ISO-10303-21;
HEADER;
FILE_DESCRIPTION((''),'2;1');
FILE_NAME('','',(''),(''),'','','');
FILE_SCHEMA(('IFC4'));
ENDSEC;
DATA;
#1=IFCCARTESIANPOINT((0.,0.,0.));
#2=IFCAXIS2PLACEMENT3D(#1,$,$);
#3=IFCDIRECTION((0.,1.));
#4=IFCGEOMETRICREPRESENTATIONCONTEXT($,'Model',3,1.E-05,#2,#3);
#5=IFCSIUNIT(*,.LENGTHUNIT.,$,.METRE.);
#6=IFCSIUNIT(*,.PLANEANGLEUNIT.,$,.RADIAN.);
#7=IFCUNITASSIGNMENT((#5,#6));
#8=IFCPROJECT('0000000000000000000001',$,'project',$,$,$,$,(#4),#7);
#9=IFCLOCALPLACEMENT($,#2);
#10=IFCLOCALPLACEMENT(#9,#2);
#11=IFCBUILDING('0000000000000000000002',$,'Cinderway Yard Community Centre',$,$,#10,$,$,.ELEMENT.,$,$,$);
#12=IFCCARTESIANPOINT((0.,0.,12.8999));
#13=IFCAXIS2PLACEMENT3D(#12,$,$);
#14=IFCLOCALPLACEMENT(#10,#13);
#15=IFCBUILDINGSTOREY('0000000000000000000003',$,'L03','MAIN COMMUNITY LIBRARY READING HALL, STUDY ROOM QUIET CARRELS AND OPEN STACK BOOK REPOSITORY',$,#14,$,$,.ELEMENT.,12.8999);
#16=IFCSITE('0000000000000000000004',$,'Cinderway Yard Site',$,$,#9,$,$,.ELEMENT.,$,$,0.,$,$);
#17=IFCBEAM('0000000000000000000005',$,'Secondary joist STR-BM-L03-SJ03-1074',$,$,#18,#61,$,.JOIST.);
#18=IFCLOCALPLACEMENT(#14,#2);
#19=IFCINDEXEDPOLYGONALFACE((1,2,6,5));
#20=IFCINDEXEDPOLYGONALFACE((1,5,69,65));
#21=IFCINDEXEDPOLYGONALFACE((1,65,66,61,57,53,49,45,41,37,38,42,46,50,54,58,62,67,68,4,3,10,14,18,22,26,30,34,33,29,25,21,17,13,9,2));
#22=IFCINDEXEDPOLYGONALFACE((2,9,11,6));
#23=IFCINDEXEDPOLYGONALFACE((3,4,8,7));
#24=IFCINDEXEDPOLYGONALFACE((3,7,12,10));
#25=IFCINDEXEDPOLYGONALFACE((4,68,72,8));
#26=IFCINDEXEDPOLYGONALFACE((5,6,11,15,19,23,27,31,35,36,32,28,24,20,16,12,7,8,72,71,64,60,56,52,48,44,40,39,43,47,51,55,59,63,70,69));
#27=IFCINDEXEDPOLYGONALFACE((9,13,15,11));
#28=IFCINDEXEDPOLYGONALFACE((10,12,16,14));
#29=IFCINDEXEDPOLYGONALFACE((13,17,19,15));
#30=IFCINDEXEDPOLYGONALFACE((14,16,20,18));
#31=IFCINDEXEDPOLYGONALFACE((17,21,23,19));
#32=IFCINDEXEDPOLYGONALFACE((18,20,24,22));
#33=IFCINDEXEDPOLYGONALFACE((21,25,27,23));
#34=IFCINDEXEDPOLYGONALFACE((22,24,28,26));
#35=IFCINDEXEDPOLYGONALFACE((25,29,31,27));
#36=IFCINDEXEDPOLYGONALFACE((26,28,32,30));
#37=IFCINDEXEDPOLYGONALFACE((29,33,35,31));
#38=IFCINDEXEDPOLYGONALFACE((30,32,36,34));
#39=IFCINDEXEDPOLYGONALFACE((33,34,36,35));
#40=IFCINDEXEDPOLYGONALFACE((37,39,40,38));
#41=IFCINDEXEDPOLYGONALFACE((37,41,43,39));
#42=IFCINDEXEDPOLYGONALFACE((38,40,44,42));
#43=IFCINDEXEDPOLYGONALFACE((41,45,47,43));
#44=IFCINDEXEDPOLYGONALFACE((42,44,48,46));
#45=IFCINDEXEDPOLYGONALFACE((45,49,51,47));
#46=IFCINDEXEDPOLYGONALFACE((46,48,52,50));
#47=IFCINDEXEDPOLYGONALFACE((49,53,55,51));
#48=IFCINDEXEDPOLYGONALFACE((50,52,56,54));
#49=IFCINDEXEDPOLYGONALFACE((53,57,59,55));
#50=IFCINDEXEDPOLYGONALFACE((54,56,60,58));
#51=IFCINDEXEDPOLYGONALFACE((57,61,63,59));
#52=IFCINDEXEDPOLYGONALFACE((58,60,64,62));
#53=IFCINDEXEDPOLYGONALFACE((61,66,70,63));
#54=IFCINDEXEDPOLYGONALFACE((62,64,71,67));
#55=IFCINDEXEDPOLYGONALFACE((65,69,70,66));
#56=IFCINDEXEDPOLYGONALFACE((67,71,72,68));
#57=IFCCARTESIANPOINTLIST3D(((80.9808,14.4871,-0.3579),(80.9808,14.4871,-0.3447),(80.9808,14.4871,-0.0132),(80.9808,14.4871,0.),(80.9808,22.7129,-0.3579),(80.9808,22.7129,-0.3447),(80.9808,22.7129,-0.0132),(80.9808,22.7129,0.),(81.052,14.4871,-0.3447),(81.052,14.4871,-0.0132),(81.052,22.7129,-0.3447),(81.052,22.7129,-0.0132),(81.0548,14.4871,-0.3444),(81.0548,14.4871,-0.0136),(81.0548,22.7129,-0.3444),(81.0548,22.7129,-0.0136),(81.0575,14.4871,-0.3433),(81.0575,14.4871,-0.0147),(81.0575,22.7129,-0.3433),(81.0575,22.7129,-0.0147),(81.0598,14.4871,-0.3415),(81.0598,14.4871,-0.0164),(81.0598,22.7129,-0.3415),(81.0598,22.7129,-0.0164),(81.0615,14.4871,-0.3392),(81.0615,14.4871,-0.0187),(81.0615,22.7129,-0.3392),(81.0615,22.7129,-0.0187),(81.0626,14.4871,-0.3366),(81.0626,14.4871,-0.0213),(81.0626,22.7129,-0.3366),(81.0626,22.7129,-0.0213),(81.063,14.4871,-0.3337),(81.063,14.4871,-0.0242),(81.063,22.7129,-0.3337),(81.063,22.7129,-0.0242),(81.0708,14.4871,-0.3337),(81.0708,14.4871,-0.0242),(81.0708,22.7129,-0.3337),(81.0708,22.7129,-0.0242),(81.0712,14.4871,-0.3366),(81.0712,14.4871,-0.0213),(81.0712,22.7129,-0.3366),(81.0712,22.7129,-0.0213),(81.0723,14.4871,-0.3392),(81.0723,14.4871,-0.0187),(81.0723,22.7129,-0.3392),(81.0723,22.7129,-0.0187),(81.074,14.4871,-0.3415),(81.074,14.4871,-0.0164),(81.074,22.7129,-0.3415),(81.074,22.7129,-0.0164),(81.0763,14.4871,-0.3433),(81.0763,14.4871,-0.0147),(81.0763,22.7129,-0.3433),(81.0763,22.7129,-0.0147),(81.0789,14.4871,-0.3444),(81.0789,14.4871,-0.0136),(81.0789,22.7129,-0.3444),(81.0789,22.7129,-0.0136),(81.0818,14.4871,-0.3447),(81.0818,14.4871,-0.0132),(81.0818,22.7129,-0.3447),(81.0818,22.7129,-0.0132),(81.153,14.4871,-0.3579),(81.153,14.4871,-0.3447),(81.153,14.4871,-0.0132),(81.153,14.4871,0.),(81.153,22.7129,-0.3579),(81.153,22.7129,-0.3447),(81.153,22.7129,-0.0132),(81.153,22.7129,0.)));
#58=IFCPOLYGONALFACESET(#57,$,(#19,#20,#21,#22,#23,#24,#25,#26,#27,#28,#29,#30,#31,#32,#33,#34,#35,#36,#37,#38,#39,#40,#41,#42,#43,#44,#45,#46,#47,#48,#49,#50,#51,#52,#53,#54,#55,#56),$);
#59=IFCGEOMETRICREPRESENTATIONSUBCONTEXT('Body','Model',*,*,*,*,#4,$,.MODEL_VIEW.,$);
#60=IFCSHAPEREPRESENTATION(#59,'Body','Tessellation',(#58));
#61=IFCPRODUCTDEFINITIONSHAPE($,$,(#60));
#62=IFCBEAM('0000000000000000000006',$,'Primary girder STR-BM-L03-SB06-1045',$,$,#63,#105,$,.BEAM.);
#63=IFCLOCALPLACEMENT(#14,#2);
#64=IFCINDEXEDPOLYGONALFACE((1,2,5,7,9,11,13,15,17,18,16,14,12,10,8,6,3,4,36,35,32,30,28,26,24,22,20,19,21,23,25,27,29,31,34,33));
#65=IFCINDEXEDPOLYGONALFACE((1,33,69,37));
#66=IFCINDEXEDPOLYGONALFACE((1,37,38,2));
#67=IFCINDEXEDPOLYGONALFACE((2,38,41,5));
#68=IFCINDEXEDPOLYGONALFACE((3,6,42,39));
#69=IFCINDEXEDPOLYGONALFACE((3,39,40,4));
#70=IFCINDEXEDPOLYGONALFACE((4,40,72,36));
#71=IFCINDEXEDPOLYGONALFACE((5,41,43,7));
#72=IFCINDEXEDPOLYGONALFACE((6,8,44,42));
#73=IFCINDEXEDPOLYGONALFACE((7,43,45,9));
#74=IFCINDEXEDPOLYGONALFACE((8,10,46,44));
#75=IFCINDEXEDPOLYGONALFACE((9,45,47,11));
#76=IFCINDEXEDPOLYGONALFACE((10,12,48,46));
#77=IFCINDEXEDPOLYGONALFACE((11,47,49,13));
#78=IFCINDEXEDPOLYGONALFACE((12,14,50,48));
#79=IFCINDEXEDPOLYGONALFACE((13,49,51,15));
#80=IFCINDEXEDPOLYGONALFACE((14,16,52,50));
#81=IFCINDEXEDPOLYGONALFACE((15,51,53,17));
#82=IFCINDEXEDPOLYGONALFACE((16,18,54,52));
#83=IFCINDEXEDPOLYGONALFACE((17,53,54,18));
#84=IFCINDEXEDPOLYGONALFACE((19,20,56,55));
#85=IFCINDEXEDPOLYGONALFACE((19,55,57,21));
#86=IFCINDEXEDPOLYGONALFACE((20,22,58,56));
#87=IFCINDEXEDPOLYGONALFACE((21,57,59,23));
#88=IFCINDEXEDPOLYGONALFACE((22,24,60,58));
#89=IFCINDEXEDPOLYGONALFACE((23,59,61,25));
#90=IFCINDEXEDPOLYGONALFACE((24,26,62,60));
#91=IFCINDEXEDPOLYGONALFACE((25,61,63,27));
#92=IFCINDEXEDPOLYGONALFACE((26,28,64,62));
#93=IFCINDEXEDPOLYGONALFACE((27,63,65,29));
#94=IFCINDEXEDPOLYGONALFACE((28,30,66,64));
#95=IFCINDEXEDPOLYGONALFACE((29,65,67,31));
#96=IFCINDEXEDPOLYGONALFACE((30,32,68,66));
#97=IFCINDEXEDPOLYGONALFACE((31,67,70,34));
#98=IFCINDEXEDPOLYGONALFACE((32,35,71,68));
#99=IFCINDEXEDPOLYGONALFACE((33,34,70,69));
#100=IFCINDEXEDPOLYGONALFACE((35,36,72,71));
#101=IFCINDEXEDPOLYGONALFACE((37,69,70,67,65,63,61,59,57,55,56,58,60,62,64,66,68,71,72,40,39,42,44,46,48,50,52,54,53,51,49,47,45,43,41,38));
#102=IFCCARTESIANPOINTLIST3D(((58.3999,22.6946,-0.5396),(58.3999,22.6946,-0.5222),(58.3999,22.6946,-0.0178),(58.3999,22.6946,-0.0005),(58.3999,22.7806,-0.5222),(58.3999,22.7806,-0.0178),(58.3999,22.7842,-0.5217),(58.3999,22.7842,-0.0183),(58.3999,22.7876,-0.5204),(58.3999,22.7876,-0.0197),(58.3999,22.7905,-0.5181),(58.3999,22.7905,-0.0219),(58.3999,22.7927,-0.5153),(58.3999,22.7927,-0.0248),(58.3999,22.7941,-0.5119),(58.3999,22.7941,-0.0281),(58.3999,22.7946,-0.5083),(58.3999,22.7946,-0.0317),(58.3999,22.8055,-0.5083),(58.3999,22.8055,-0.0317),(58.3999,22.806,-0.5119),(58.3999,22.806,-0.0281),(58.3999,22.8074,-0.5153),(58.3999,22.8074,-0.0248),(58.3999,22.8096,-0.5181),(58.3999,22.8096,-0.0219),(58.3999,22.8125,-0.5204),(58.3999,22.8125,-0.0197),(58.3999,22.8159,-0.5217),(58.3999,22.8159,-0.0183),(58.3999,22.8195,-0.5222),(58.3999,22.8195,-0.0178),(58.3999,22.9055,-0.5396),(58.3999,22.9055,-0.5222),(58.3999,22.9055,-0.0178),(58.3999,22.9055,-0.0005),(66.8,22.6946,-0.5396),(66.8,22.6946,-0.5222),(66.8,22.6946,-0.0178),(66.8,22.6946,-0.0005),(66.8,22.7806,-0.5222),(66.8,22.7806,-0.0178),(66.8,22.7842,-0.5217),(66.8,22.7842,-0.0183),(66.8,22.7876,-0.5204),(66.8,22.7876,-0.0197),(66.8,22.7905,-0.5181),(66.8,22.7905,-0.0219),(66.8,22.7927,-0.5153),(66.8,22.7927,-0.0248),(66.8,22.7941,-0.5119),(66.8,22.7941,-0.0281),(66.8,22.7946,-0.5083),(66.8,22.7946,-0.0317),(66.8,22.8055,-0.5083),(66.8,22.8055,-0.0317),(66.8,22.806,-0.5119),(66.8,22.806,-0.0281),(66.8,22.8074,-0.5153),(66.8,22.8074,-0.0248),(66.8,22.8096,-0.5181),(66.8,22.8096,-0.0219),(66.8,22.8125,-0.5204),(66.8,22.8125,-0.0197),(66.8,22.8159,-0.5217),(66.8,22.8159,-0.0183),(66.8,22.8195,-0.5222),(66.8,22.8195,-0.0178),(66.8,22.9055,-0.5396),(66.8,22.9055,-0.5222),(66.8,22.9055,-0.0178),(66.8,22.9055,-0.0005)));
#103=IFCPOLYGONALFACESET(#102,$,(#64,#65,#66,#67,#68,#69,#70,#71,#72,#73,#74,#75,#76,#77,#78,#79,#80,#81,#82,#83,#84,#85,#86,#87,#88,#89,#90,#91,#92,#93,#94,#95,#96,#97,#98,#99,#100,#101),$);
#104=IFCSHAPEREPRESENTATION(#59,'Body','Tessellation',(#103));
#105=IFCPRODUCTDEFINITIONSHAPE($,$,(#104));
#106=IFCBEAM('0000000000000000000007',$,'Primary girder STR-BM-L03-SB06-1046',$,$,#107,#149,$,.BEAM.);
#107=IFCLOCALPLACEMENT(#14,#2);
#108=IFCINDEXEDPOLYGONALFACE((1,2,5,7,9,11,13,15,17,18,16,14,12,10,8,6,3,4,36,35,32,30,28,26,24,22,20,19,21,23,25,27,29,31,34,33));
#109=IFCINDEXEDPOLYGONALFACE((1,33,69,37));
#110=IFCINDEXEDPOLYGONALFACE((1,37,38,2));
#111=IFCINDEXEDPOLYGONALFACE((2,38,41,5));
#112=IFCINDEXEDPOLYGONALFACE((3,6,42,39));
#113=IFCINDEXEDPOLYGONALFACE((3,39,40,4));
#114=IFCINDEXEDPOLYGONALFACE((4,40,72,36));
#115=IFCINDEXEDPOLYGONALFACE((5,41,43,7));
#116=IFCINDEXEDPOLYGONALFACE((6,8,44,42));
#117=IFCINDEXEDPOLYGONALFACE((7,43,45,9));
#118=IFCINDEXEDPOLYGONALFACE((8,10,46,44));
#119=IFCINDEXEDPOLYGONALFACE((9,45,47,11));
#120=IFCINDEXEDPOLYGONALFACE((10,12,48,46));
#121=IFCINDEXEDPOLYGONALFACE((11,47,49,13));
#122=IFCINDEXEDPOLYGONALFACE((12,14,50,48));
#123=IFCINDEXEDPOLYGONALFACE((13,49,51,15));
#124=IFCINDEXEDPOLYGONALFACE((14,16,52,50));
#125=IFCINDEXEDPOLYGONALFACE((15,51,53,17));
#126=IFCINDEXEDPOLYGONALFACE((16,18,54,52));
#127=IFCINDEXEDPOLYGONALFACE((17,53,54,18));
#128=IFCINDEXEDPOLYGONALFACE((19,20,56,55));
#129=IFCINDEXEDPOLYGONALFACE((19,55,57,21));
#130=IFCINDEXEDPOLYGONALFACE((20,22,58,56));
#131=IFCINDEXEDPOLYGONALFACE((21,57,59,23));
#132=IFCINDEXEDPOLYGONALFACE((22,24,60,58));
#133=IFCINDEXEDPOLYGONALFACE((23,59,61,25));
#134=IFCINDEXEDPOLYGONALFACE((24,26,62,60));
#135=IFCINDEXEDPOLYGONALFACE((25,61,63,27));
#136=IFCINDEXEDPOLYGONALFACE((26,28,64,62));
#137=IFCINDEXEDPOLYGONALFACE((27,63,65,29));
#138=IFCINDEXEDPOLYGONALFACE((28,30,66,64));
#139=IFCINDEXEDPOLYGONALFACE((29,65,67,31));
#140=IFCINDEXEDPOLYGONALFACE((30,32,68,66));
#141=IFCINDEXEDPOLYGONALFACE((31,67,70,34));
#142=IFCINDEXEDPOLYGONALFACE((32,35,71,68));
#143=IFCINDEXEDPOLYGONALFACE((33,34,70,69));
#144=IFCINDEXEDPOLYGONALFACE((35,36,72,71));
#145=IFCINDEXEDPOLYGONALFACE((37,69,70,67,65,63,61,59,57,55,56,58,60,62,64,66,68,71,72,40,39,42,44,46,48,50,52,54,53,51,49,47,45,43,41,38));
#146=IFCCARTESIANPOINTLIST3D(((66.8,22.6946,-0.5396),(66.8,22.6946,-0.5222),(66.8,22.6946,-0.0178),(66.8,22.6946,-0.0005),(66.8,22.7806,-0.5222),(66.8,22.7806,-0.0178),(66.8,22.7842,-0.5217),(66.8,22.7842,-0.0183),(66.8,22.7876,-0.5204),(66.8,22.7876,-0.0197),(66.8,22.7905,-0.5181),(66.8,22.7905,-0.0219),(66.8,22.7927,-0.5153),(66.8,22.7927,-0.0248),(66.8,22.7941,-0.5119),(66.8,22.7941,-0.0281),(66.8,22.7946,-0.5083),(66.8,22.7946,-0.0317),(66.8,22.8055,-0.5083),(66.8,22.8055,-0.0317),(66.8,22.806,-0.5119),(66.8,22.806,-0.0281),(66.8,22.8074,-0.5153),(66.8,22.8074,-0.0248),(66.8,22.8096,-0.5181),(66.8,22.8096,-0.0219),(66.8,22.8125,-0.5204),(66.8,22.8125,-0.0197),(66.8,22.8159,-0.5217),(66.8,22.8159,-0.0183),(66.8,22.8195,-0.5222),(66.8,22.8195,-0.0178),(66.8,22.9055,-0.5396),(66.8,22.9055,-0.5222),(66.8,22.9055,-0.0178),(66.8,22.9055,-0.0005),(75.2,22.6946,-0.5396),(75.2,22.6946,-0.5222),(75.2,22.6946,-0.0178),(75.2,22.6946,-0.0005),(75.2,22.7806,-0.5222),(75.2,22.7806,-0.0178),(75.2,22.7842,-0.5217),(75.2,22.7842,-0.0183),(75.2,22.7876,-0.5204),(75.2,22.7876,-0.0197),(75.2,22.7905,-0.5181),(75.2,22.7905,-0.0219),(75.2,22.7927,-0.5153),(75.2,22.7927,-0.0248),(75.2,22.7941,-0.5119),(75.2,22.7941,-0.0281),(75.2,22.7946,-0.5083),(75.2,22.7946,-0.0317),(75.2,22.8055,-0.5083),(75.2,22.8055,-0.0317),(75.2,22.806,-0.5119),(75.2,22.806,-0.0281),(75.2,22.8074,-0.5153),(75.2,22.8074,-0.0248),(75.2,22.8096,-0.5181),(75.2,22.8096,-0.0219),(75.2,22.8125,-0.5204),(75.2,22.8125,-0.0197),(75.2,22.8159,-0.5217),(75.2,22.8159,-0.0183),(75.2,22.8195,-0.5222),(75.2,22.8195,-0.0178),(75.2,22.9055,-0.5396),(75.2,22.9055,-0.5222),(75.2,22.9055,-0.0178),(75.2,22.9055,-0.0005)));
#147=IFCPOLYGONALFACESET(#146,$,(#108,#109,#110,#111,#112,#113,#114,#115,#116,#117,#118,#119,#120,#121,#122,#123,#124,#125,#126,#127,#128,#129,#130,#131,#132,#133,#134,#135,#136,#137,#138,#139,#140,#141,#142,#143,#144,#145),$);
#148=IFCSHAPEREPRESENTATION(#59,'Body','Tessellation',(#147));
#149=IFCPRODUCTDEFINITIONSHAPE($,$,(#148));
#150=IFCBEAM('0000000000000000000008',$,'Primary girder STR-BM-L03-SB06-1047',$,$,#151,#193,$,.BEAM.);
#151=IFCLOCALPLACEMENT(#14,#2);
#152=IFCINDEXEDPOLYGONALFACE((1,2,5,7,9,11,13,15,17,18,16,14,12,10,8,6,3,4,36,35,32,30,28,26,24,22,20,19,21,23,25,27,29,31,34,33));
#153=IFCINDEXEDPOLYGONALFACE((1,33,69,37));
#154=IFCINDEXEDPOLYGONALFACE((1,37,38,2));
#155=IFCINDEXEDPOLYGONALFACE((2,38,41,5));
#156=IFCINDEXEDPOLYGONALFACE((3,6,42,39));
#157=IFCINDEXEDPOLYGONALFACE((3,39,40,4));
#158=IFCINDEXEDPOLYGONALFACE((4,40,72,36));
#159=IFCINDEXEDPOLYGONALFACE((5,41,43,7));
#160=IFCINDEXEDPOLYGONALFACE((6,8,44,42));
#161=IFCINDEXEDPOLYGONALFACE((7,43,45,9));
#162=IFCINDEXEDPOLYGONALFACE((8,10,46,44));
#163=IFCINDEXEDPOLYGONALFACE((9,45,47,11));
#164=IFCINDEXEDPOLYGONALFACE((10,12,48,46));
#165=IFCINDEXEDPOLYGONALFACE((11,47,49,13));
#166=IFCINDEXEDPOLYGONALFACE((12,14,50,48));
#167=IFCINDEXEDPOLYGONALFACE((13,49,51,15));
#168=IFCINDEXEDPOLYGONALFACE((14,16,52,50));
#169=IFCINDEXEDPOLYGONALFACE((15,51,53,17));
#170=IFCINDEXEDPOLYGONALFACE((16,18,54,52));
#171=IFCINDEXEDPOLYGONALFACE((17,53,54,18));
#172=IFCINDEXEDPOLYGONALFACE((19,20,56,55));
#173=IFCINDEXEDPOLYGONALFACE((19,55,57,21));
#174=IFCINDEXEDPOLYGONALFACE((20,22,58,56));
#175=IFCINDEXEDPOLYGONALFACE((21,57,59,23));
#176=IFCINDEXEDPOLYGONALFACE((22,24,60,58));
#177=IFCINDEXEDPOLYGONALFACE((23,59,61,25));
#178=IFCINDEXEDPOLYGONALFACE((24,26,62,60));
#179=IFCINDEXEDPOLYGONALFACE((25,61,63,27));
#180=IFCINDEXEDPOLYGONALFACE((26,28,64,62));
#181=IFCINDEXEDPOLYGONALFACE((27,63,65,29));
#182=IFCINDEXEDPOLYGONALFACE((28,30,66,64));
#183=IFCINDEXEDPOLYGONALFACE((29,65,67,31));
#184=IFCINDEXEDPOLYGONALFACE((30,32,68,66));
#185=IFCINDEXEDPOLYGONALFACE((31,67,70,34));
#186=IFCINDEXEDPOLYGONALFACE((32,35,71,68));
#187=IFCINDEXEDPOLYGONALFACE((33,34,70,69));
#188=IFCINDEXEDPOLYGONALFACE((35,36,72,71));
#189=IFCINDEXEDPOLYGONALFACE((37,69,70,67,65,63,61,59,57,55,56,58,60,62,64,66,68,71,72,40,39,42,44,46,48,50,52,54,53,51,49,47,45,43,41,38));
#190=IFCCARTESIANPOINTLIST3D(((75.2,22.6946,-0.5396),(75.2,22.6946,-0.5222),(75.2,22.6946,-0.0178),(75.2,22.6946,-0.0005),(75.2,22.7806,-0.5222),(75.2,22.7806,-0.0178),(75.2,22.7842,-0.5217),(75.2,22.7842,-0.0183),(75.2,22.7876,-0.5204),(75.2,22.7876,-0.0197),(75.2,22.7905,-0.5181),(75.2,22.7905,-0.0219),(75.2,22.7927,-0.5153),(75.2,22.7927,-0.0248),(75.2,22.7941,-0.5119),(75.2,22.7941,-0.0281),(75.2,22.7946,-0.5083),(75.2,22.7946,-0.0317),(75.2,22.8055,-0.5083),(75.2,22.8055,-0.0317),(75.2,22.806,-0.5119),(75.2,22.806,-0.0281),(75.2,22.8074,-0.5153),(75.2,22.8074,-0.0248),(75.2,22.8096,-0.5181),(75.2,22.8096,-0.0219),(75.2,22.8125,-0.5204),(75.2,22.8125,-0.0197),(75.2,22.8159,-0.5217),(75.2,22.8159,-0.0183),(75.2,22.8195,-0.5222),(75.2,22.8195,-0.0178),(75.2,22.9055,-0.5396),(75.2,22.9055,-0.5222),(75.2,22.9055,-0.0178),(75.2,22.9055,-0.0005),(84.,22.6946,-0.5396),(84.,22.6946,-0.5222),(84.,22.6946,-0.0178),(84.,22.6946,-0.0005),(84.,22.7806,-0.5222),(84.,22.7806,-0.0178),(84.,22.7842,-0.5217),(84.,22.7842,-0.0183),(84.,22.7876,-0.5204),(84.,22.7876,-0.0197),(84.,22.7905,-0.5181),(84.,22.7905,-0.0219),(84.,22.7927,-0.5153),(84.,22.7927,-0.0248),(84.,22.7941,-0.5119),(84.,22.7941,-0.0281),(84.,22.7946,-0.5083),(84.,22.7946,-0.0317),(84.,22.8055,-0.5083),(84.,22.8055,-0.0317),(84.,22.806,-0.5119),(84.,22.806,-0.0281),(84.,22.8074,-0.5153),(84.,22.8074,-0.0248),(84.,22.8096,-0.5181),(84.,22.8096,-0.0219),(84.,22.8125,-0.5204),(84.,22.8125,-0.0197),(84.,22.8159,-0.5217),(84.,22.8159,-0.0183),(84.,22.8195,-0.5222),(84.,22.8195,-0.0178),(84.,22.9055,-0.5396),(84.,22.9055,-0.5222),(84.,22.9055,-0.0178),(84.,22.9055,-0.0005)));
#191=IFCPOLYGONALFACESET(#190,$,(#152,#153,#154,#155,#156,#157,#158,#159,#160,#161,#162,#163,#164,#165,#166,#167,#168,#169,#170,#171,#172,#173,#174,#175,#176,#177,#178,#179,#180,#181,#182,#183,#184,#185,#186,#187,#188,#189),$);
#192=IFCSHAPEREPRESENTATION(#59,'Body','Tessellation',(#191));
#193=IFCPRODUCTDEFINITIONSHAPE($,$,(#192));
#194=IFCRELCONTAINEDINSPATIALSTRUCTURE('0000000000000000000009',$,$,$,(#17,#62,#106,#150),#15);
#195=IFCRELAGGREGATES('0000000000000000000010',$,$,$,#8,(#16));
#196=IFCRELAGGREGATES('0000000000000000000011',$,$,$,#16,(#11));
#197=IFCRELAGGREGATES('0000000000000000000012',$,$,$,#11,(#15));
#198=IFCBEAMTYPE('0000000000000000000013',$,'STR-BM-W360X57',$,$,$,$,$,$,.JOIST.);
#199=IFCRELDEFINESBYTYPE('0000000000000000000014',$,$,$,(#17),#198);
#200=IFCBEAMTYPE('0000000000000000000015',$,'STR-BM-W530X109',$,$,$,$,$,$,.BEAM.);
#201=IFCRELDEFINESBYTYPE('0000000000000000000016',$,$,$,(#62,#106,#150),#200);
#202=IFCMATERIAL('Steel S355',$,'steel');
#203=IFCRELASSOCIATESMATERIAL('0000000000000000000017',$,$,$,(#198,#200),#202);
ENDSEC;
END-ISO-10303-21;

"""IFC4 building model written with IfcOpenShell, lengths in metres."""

from ifc_helpers import new_model, si_unit, direction, frame, origin, origin_2d, place, context, subcontext, project, spatial, i_section, extrude, material, material_profile, profile_set, type_object, element, save


model = new_model("IFC4")

# Units and contexts
model_context = context("Model", 3, precision=1e-05, world=origin(), true_north=direction((0.0, 1.0)))
body_context = subcontext(model_context, "Body", "Model", "MODEL_VIEW")
ifc_project = project(units=[si_unit("LENGTHUNIT", "METRE"), si_unit("PLANEANGLEUNIT", "RADIAN")], contexts=[model_context])

# Site, building, storey
site_placement = place(None, origin())
site = spatial("IfcSite", under=ifc_project, at=site_placement, Name="Cinderway Yard Site", CompositionType="ELEMENT", RefElevation=0.0)
building_placement = place(site_placement, origin())
building = spatial("IfcBuilding", under=site, at=building_placement, Name="Cinderway Yard Community Centre", CompositionType="ELEMENT")
storey_placement = place(building_placement, frame((0.0, 0.0, 12.8999)))
storey = spatial("IfcBuildingStorey", under=building, at=storey_placement, Name="L03", Description="MAIN COMMUNITY LIBRARY READING HALL, STUDY ROOM QUIET CARRELS AND OPEN STACK BOOK REPOSITORY", CompositionType="ELEMENT", Elevation=12.8999)

# Shared definitions
ifc_material_1 = material(Name="Steel S355", Category="steel")

# Beams
ifc_material_profile_1 = material_profile(ifc_material_1, i_section(OverallWidth=0.1721, OverallDepth=0.3579, WebThickness=0.0078, FlangeThickness=0.0132, FilletRadius=0.011, at=origin_2d()), Name="Steel S355")
ifc_profile_set_1 = profile_set([ifc_material_profile_1], Name="Steel S355")
beam_type_1 = type_object("IfcBeamType", Name="STR-BM-W360X57", PredefinedType="JOIST", material=ifc_profile_set_1)
for number, where, z_axis, x_axis, name in (
    (1, (81.0669, 14.4871, -0.179), (0.0, 1.0, 0.0), (-1.0, 0.0, 0.0), "Secondary joist STR-BM-L03-SJ03-1074"),
):
    element("IfcBeam", number, at=place(storey_placement, frame(where, z_axis=z_axis, x_axis=x_axis)), inside=storey, type_object=beam_type_1, Name=name, PredefinedType="JOIST", context=body_context, shape_type="SweptSolid", body=[
        extrude(i_section(OverallWidth=0.1721, OverallDepth=0.3579, WebThickness=0.0078, FlangeThickness=0.0132, FilletRadius=0.011, at=origin_2d()), origin(), (0.0, 0.0, 1.0), 8.2258),
    ])
ifc_material_profile_2 = material_profile(ifc_material_1, i_section(OverallWidth=0.2109, OverallDepth=0.5391, WebThickness=0.011, FlangeThickness=0.0173, FilletRadius=0.0139, at=origin_2d()), Name="Steel S355")
ifc_profile_set_2 = profile_set([ifc_material_profile_2], Name="Steel S355")
beam_type_2 = type_object("IfcBeamType", Name="STR-BM-W530X109", PredefinedType="BEAM", material=ifc_profile_set_2)
beam_1_placement = place(storey_placement, frame((58.3999, 22.8, -0.27), z_axis=(1.0, 0.0, 0.0), x_axis=(0.0, 1.0, 0.0)))
element("IfcBeam", 2, at=beam_1_placement, inside=storey, type_object=beam_type_2, Name="Primary girder STR-BM-L03-SB06-1045", PredefinedType="BEAM", context=body_context, shape_type="SweptSolid", body=[
    extrude(i_section(OverallWidth=0.2109, OverallDepth=0.5391, WebThickness=0.011, FlangeThickness=0.0173, FilletRadius=0.0139, at=origin_2d()), origin(), (0.0, 0.0, 1.0), 8.4001),
])
beam_2_placement = place(storey_placement, frame((66.8, 22.8, -0.27), z_axis=(1.0, 0.0, 0.0), x_axis=(0.0, 1.0, 0.0)))
element("IfcBeam", 3, at=beam_2_placement, inside=storey, type_object=beam_type_2, Name="Primary girder STR-BM-L03-SB06-1046", PredefinedType="BEAM", context=body_context, shape_type="SweptSolid", body=[
    extrude(i_section(OverallWidth=0.2109, OverallDepth=0.5391, WebThickness=0.011, FlangeThickness=0.0173, FilletRadius=0.0139, at=origin_2d()), origin(), (0.0, 0.0, 1.0), 8.3999),
])
for number, where, z_axis, x_axis, name in (
    (4, (75.2, 22.8, -0.27), (1.0, 0.0, 0.0), (0.0, 1.0, 0.0), "Primary girder STR-BM-L03-SB06-1047"),
):
    element("IfcBeam", number, at=place(storey_placement, frame(where, z_axis=z_axis, x_axis=x_axis)), inside=storey, type_object=beam_type_2, Name=name, PredefinedType="BEAM", context=body_context, shape_type="SweptSolid", body=[
        extrude(i_section(OverallWidth=0.2109, OverallDepth=0.5391, WebThickness=0.011, FlangeThickness=0.0173, FilletRadius=0.0139, at=origin_2d()), origin(), (0.0, 0.0, 1.0), 8.8),
    ])

save(model, "model.ifc")
